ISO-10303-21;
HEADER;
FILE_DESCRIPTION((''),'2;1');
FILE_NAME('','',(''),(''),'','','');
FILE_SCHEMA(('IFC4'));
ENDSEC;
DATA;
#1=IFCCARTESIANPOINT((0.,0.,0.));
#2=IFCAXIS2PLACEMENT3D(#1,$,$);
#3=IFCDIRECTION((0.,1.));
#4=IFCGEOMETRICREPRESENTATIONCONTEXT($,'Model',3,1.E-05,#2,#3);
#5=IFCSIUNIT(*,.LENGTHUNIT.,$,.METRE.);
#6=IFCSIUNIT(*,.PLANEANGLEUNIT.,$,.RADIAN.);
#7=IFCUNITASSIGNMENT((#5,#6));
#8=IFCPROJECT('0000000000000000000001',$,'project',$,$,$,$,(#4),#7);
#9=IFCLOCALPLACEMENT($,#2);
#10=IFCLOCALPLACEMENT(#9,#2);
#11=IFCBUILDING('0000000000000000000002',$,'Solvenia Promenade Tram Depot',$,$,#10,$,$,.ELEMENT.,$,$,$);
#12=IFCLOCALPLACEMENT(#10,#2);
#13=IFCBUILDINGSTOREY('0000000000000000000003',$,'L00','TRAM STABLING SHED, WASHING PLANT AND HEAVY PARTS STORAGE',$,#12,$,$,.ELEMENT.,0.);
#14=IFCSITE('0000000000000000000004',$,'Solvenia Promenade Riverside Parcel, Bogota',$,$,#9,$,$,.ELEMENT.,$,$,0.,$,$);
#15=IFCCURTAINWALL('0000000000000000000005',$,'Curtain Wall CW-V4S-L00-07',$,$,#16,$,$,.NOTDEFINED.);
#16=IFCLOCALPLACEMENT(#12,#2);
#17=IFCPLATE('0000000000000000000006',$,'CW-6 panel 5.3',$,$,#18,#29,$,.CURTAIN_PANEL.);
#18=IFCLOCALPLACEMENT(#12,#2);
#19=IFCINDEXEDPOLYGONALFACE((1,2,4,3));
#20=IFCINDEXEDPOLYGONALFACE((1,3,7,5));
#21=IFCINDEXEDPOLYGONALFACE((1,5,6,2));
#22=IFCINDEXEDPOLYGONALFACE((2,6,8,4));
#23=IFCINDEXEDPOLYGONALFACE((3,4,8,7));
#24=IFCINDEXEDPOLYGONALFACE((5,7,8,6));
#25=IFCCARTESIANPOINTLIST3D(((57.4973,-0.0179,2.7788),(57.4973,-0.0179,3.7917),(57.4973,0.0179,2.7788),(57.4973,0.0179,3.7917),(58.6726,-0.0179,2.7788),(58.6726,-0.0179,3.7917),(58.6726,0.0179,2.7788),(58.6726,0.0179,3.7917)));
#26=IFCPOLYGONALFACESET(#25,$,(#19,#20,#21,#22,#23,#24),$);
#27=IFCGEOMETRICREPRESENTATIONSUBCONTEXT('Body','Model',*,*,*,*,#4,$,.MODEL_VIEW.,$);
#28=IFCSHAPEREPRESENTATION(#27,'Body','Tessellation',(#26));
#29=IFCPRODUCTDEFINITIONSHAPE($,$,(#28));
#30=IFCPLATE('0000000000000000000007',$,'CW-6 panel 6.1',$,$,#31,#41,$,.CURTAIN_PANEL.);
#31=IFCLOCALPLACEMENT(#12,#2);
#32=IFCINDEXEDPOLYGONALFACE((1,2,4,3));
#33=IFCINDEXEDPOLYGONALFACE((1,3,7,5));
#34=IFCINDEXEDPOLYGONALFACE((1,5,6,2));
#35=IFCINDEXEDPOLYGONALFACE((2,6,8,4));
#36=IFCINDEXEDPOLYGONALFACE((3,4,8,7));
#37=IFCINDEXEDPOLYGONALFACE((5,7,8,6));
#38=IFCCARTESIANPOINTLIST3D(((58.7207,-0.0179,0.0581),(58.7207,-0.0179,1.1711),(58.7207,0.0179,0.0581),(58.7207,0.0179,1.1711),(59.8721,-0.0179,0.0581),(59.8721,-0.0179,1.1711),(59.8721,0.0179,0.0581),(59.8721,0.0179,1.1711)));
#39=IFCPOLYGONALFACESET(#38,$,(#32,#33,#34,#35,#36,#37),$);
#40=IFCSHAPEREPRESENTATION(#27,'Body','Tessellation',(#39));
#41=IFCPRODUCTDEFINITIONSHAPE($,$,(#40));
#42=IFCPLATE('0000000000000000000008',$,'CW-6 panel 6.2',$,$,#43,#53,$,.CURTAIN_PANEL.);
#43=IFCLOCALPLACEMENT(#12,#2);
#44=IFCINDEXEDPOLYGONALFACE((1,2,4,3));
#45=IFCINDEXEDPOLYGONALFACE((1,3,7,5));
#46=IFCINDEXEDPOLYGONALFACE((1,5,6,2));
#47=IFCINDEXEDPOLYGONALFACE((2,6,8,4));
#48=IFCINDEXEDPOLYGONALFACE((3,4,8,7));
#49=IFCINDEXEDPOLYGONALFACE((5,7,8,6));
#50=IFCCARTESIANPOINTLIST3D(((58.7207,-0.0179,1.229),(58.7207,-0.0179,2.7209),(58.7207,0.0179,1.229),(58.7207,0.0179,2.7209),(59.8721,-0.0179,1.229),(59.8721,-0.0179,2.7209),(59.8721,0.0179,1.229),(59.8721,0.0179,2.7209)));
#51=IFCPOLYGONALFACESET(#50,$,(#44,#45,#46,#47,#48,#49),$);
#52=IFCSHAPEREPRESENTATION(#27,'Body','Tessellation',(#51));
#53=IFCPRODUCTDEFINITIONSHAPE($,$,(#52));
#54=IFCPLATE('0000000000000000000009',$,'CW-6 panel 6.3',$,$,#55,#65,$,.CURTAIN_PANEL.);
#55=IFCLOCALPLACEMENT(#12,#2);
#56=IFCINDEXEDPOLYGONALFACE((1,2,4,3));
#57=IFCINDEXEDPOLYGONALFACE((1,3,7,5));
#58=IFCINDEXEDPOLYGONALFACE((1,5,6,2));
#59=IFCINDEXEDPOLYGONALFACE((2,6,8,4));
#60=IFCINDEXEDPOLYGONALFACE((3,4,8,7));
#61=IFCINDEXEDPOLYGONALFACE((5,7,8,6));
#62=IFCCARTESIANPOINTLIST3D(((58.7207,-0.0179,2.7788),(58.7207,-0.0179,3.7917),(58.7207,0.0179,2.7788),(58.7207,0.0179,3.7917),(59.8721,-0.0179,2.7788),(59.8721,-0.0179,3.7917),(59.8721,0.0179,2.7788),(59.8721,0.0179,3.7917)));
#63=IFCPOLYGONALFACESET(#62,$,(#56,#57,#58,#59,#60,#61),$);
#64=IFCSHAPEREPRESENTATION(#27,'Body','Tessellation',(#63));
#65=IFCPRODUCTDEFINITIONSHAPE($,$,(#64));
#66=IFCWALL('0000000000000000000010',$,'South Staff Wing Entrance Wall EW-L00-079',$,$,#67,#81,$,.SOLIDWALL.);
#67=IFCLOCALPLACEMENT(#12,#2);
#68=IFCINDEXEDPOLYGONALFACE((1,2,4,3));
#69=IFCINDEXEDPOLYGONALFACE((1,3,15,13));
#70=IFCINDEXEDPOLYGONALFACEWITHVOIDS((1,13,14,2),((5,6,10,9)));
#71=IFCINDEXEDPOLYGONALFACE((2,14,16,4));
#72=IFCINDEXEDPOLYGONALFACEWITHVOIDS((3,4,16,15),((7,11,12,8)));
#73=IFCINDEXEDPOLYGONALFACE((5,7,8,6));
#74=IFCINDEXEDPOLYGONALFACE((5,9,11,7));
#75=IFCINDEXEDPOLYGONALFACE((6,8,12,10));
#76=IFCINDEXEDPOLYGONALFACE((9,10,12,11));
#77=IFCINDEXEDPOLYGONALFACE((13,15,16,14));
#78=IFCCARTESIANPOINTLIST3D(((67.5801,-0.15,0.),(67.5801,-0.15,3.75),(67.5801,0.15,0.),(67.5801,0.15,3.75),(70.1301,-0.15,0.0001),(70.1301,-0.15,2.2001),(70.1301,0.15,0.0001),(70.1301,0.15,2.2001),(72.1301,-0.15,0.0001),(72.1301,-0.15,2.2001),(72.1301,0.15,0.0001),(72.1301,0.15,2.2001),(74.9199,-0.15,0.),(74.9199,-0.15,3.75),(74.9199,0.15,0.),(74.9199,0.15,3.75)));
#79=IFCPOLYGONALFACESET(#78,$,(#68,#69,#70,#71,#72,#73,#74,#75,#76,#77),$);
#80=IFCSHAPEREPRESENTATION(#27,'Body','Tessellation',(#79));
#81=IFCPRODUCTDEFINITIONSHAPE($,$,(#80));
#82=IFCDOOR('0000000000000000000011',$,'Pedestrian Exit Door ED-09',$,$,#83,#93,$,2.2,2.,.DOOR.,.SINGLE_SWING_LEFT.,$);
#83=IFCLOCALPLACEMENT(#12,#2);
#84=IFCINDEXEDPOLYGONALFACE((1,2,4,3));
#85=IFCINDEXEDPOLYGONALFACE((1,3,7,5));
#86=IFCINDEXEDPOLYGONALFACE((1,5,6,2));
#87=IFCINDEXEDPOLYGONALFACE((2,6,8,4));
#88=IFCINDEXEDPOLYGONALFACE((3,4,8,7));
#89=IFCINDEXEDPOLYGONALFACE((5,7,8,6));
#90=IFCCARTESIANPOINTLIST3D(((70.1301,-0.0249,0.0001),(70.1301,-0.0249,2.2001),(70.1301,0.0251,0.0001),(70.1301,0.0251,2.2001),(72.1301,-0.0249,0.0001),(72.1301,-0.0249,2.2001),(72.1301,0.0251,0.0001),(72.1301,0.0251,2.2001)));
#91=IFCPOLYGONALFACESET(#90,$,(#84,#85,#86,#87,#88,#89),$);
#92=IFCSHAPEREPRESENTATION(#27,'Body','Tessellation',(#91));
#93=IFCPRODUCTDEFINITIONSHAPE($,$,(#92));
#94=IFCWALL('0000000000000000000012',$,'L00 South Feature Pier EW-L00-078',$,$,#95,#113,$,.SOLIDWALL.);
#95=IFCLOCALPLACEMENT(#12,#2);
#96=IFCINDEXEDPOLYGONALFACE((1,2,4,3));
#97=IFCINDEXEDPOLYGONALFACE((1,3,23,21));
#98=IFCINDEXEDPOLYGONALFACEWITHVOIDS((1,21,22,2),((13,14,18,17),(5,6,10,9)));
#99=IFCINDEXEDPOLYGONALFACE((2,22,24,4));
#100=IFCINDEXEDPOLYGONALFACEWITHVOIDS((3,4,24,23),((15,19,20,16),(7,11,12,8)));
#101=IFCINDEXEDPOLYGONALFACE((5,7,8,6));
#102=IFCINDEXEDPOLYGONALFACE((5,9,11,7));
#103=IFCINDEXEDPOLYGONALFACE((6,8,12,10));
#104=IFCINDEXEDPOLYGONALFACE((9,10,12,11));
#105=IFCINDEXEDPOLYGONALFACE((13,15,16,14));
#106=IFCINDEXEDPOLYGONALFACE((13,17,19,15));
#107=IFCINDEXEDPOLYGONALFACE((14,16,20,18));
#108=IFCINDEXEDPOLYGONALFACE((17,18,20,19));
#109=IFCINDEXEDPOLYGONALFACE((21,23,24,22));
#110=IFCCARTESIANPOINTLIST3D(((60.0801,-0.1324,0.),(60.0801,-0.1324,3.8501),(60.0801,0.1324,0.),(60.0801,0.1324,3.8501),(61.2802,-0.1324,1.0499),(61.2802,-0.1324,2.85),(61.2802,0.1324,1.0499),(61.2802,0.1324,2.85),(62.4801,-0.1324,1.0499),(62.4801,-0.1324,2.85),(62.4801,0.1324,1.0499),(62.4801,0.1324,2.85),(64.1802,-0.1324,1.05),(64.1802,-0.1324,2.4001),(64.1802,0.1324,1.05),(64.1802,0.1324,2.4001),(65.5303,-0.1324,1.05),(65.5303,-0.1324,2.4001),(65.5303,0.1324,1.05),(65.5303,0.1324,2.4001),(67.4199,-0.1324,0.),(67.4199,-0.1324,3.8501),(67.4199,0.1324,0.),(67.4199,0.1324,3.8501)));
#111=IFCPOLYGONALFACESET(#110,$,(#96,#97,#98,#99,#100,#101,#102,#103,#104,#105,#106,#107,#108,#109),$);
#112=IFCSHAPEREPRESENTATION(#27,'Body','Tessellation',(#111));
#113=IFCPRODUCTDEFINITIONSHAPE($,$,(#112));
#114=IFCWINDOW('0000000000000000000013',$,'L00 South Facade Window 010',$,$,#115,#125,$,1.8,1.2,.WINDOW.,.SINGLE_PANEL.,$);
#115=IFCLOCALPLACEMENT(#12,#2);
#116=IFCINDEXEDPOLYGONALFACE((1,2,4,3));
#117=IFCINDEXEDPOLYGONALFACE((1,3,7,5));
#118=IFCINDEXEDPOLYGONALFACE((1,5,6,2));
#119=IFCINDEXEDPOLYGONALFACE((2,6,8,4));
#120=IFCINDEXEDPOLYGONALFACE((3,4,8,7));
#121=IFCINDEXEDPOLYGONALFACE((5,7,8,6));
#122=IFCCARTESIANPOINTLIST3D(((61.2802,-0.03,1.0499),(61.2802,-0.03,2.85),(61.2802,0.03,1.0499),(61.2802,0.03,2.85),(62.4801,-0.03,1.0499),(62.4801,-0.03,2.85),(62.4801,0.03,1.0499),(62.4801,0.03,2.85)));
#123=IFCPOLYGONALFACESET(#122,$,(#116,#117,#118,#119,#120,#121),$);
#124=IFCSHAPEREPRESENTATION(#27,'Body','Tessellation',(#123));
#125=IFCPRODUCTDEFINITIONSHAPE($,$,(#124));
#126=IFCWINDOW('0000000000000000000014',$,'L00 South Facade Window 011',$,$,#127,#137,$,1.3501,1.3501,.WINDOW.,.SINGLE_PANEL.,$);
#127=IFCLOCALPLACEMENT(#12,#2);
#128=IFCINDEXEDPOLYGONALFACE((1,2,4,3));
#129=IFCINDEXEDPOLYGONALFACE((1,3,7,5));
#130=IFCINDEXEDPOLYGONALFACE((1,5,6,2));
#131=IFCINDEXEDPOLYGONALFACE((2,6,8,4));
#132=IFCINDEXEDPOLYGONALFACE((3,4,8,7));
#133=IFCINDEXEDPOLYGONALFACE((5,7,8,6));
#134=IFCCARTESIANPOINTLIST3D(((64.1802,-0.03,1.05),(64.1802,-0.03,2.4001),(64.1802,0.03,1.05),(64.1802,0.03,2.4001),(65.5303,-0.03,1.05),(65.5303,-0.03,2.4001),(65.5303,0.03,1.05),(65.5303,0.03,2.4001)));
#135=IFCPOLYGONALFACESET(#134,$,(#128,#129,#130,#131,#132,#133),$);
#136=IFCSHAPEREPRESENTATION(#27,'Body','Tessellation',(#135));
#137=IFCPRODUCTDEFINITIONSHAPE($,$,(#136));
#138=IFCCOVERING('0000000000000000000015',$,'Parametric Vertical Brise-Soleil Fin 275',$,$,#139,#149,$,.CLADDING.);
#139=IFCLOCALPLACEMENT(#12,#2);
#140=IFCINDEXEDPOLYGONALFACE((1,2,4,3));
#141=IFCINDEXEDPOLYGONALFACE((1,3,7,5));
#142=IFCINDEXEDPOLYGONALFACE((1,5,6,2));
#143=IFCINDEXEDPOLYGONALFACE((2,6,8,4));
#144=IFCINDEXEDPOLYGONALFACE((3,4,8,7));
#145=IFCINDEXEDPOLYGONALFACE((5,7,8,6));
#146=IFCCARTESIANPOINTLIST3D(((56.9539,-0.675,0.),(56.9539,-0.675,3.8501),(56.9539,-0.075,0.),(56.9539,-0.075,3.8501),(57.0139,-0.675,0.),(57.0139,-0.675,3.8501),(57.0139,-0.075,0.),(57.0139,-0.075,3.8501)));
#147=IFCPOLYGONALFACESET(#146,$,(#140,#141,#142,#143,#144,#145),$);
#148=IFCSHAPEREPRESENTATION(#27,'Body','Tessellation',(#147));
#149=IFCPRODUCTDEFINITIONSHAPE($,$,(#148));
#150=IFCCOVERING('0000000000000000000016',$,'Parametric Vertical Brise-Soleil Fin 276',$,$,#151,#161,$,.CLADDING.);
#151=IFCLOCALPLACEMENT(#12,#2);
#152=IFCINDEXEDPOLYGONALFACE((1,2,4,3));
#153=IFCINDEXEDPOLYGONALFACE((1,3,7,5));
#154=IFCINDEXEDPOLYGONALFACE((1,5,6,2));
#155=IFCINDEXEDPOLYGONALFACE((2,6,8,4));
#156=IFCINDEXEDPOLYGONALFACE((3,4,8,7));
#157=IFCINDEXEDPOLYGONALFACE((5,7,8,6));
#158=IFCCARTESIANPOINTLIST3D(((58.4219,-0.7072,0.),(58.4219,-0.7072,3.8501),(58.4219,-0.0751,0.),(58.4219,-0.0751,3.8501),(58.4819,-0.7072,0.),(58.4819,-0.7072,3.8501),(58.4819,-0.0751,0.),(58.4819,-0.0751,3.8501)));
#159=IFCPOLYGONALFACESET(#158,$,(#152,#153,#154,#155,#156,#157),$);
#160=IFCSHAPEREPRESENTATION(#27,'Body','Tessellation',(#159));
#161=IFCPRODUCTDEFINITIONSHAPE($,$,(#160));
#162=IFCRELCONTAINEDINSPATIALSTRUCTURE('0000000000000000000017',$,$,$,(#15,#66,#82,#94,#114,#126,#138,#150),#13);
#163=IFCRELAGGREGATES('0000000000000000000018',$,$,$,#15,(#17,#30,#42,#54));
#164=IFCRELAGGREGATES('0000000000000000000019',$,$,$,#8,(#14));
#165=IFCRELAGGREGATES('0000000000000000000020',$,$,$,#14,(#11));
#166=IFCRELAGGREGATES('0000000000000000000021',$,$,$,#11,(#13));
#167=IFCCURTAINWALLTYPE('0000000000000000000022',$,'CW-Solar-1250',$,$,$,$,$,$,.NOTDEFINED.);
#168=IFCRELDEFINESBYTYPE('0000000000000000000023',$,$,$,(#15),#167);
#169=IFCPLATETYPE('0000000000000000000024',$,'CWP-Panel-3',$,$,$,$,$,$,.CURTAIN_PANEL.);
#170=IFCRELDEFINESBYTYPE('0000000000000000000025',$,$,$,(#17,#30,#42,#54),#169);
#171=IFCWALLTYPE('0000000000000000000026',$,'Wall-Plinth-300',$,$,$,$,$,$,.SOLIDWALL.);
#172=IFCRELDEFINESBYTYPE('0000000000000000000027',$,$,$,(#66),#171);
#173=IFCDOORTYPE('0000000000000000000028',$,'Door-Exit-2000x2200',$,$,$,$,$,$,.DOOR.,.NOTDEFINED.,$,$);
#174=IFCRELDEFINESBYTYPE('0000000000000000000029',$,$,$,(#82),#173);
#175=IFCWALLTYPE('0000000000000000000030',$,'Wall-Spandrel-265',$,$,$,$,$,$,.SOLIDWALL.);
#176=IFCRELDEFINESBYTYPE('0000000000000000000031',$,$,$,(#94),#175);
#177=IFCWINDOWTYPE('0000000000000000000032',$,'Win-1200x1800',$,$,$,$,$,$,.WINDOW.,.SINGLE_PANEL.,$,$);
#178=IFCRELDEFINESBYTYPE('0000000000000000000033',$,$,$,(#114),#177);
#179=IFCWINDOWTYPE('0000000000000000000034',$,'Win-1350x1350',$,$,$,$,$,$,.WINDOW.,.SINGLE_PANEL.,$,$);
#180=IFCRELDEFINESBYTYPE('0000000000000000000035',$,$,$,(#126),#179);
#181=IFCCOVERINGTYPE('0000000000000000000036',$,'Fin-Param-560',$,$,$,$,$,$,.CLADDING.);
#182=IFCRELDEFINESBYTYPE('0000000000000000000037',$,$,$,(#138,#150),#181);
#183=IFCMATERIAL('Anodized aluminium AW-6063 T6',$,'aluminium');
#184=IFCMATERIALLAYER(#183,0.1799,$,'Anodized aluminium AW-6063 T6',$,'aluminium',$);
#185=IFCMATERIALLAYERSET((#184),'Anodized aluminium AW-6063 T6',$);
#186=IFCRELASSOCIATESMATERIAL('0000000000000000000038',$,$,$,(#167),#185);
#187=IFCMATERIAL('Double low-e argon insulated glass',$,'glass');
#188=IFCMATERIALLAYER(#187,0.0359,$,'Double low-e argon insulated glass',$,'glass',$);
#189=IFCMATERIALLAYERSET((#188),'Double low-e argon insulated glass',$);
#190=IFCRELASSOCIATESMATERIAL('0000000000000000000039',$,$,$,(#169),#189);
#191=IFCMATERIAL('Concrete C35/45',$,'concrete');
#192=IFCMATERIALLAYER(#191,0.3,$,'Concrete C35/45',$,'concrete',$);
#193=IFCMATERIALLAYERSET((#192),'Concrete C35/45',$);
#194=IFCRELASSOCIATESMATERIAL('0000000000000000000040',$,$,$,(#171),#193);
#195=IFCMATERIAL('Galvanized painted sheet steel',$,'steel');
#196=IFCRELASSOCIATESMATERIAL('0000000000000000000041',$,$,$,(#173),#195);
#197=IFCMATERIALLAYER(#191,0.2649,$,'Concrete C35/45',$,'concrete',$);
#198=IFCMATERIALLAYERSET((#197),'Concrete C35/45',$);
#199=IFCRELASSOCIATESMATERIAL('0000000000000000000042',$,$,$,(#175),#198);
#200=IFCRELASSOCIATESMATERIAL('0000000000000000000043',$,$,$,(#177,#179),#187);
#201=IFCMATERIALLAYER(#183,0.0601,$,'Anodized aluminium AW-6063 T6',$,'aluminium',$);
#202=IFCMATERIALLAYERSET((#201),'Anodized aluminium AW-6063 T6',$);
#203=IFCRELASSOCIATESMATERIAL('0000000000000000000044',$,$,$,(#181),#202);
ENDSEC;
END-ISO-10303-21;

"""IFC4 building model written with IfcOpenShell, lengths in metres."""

from ifc_helpers import new_model, si_unit, direction, frame, frame_2d, origin, origin_2d, place, context, subcontext, project, spatial, rectangle, extrude, material, layer, layer_set, type_object, element, fill, aggregate, save


model = new_model("IFC4")

# Units and contexts
model_context = context("Model", 3, precision=1e-05, world=origin(), true_north=direction((0.0, 1.0)))
body_context = subcontext(model_context, "Body", "Model", "MODEL_VIEW")
ifc_project = project(units=[si_unit("LENGTHUNIT", "METRE"), si_unit("PLANEANGLEUNIT", "RADIAN")], contexts=[model_context])

# Site, building, storey
site_placement = place(None, origin())
site = spatial("IfcSite", under=ifc_project, at=site_placement, Name="Solvenia Promenade Riverside Parcel, Bogota", CompositionType="ELEMENT", RefElevation=0.0)
building_placement = place(site_placement, origin())
building = spatial("IfcBuilding", under=site, at=building_placement, Name="Solvenia Promenade Tram Depot", CompositionType="ELEMENT")
storey_placement = place(building_placement, origin())
storey = spatial("IfcBuildingStorey", under=building, at=storey_placement, Name="L00", Description="TRAM STABLING SHED, WASHING PLANT AND HEAVY PARTS STORAGE", CompositionType="ELEMENT", Elevation=0.0)

# Curtain wall, plates
ifc_material_1 = material(Name="Anodized aluminium AW-6063 T6", Category="aluminium")
ifc_layer_1 = layer(ifc_material_1, 0.1799, Name="Anodized aluminium AW-6063 T6", Category="aluminium")
ifc_layer_set_1 = layer_set([ifc_layer_1], Name="Anodized aluminium AW-6063 T6")
curtain_wall_type = type_object("IfcCurtainWallType", Name="CW-Solar-1250", PredefinedType="NOTDEFINED", material=ifc_layer_set_1)
curtain_wall_placement = place(storey_placement, origin())
curtain_wall = element("IfcCurtainWall", 1, at=curtain_wall_placement, inside=storey, type_object=curtain_wall_type, Name="Curtain Wall CW-V4S-L00-07", PredefinedType="NOTDEFINED")
ifc_material_2 = material(Name="Double low-e argon insulated glass", Category="glass")
ifc_layer_2 = layer(ifc_material_2, 0.0359, Name="Double low-e argon insulated glass", Category="glass")
ifc_layer_set_2 = layer_set([ifc_layer_2], Name="Double low-e argon insulated glass")
plate_type = type_object("IfcPlateType", Name="CWP-Panel-3", PredefinedType="CURTAIN_PANEL", material=ifc_layer_set_2)
plate_1_placement = place(storey_placement, frame((58.085, 0.0, 2.7788), z_axis=(0.0, 0.0, 1.0), x_axis=(1.0, 0.0, 0.0)))
plate_1 = element("IfcPlate", 2, at=plate_1_placement, type_object=plate_type, Name="CW-6 panel 5.3", PredefinedType="CURTAIN_PANEL", context=body_context, shape_type="SweptSolid", body=[
    extrude(rectangle(XDim=1.1753, YDim=0.0359, at=origin_2d()), origin(), (0.0, 0.0, 1.0), 1.0129),
])
plate_2_placement = place(storey_placement, frame((59.2964, 0.0, 0.0581), z_axis=(0.0, 0.0, 1.0), x_axis=(1.0, 0.0, 0.0)))
plate_2 = element("IfcPlate", 3, at=plate_2_placement, type_object=plate_type, Name="CW-6 panel 6.1", PredefinedType="CURTAIN_PANEL", context=body_context, shape_type="SweptSolid", body=[
    extrude(rectangle(XDim=1.1514, YDim=0.0359, at=origin_2d()), origin(), (0.0, 0.0, 1.0), 1.113),
])
plate_3_placement = place(storey_placement, frame((59.2964, 0.0, 1.229), z_axis=(0.0, 0.0, 1.0), x_axis=(1.0, 0.0, 0.0)))
plate_3 = element("IfcPlate", 4, at=plate_3_placement, type_object=plate_type, Name="CW-6 panel 6.2", PredefinedType="CURTAIN_PANEL", context=body_context, shape_type="SweptSolid", body=[
    extrude(rectangle(XDim=1.1514, YDim=0.0359, at=origin_2d()), origin(), (0.0, 0.0, 1.0), 1.4919),
])
plate_4_placement = place(storey_placement, frame((59.2964, 0.0, 2.7788), z_axis=(0.0, 0.0, 1.0), x_axis=(1.0, 0.0, 0.0)))
plate_4 = element("IfcPlate", 5, at=plate_4_placement, type_object=plate_type, Name="CW-6 panel 6.3", PredefinedType="CURTAIN_PANEL", context=body_context, shape_type="SweptSolid", body=[
    extrude(rectangle(XDim=1.1514, YDim=0.0359, at=origin_2d()), origin(), (0.0, 0.0, 1.0), 1.0129),
])
aggregate(curtain_wall, [plate_1, plate_2, plate_3, plate_4])

# Wall, opening, door
ifc_material_3 = material(Name="Concrete C35/45", Category="concrete")
ifc_layer_3 = layer(ifc_material_3, 0.3, Name="Concrete C35/45", Category="concrete")
ifc_layer_set_3 = layer_set([ifc_layer_3], Name="Concrete C35/45")
wall_type_1 = type_object("IfcWallType", Name="Wall-Plinth-300", PredefinedType="SOLIDWALL", material=ifc_layer_set_3)
wall_1_placement = place(storey_placement, frame((67.5801, 0.0, 0.0), z_axis=(0.0, 0.0, 1.0), x_axis=(1.0, 0.0, 0.0)))
wall_1 = element("IfcWall", 6, at=wall_1_placement, inside=storey, type_object=wall_type_1, Name="South Staff Wing Entrance Wall EW-L00-079", PredefinedType="SOLIDWALL", context=body_context, shape_type="SweptSolid", body=[
    extrude(rectangle(XDim=7.3398, YDim=0.3, at=frame_2d((3.6699, 0.0))), origin(), (0.0, 0.0, 1.0), 3.75),
])
opening_1_placement = place(wall_1_placement, frame((2.55, 0.0, 0.0)))
opening_1 = element("IfcOpeningElement", 7, at=opening_1_placement, cuts=wall_1, PredefinedType="OPENING", context=body_context, shape_type="SweptSolid", body=[
    extrude(rectangle(XDim=2.0, YDim=2.2, at=frame_2d((1.0, 1.1001))), frame((0.0, 0.1599, 0.0), z_axis=(0.0, -1.0, 0.0), x_axis=(1.0, 0.0, 0.0)), (0.0, 0.0, 1.0), 0.3201),
])
ifc_material_4 = material(Name="Galvanized painted sheet steel", Category="steel")
door_type = type_object("IfcDoorType", Name="Door-Exit-2000x2200", OperationType="NOTDEFINED", PredefinedType="DOOR", material=ifc_material_4)
door_placement = place(opening_1_placement, frame((2.0, 0.0, 0.0), z_axis=(0.0, 0.0, 1.0), x_axis=(-1.0, 0.0, 0.0)))
door = element("IfcDoor", 8, at=door_placement, inside=storey, type_object=door_type, Name="Pedestrian Exit Door ED-09", OperationType="SINGLE_SWING_LEFT", OverallHeight=2.2, OverallWidth=2.0, PredefinedType="DOOR", context=body_context, shape_type="SweptSolid", body=[
    extrude(rectangle(XDim=2.0, YDim=2.2, at=frame_2d((1.0, 1.1001))), frame((0.0, 0.0249, 0.0), z_axis=(0.0, -1.0, 0.0), x_axis=(1.0, 0.0, 0.0)), (0.0, 0.0, 1.0), 0.05),
])
fill(opening_1, door)

# Wall, openings, windows
ifc_layer_4 = layer(ifc_material_3, 0.2649, Name="Concrete C35/45", Category="concrete")
ifc_layer_set_4 = layer_set([ifc_layer_4], Name="Concrete C35/45")
wall_type_2 = type_object("IfcWallType", Name="Wall-Spandrel-265", PredefinedType="SOLIDWALL", material=ifc_layer_set_4)
wall_2_placement = place(storey_placement, frame((60.0801, 0.0, 0.0), z_axis=(0.0, 0.0, 1.0), x_axis=(1.0, 0.0, 0.0)))
wall_2 = element("IfcWall", 9, at=wall_2_placement, inside=storey, type_object=wall_type_2, Name="L00 South Feature Pier EW-L00-078", PredefinedType="SOLIDWALL", context=body_context, shape_type="SweptSolid", body=[
    extrude(rectangle(XDim=7.3398, YDim=0.2649, at=frame_2d((3.6699, 0.0))), origin(), (0.0, 0.0, 1.0), 3.8501),
])
opening_2_placement = place(wall_2_placement, frame((1.2, 0.0, 1.05)))
opening_2 = element("IfcOpeningElement", 10, at=opening_2_placement, cuts=wall_2, PredefinedType="OPENING", context=body_context, shape_type="SweptSolid", body=[
    extrude(rectangle(XDim=1.2, YDim=1.8, at=frame_2d((0.6001, 0.8999))), frame((0.0, 0.1423, 0.0), z_axis=(0.0, -1.0, 0.0), x_axis=(1.0, 0.0, 0.0)), (0.0, 0.0, 1.0), 0.2849),
])
opening_3_placement = place(wall_2_placement, frame((4.1001, 0.0, 1.05)))
opening_3 = element("IfcOpeningElement", 11, at=opening_3_placement, cuts=wall_2, PredefinedType="OPENING", context=body_context, shape_type="SweptSolid", body=[
    extrude(rectangle(XDim=1.3501, YDim=1.3501, at=frame_2d((0.675, 0.675))), frame((0.0, 0.1423, 0.0), z_axis=(0.0, -1.0, 0.0), x_axis=(1.0, 0.0, 0.0)), (0.0, 0.0, 1.0), 0.2849),
])
window_type_1 = type_object("IfcWindowType", Name="Win-1200x1800", PartitioningType="SINGLE_PANEL", PredefinedType="WINDOW", material=ifc_material_2)
window_1_placement = place(opening_2_placement, origin())
window_1 = element("IfcWindow", 12, at=window_1_placement, inside=storey, type_object=window_type_1, Name="L00 South Facade Window 010", OverallHeight=1.8, OverallWidth=1.2, PartitioningType="SINGLE_PANEL", PredefinedType="WINDOW", context=body_context, shape_type="SweptSolid", body=[
    extrude(rectangle(XDim=1.2, YDim=1.8, at=frame_2d((0.6001, 0.8999))), frame((0.0, 0.03, 0.0), z_axis=(0.0, -1.0, 0.0), x_axis=(1.0, 0.0, 0.0)), (0.0, 0.0, 1.0), 0.0601),
])
fill(opening_2, window_1)
window_type_2 = type_object("IfcWindowType", Name="Win-1350x1350", PartitioningType="SINGLE_PANEL", PredefinedType="WINDOW", material=ifc_material_2)
window_2_placement = place(opening_3_placement, origin())
window_2 = element("IfcWindow", 13, at=window_2_placement, inside=storey, type_object=window_type_2, Name="L00 South Facade Window 011", OverallHeight=1.3501, OverallWidth=1.3501, PartitioningType="SINGLE_PANEL", PredefinedType="WINDOW", context=body_context, shape_type="SweptSolid", body=[
    extrude(rectangle(XDim=1.3501, YDim=1.3501, at=frame_2d((0.675, 0.675))), frame((0.0, 0.03, 0.0), z_axis=(0.0, -1.0, 0.0), x_axis=(1.0, 0.0, 0.0)), (0.0, 0.0, 1.0), 0.0601),
])
fill(opening_3, window_2)

# Coverings
ifc_layer_5 = layer(ifc_material_1, 0.0601, Name="Anodized aluminium AW-6063 T6", Category="aluminium")
ifc_layer_set_5 = layer_set([ifc_layer_5], Name="Anodized aluminium AW-6063 T6")
covering_type = type_object("IfcCoveringType", Name="Fin-Param-560", PredefinedType="CLADDING", material=ifc_layer_set_5)
covering_1_placement = place(storey_placement, frame((56.9839, -0.375, 0.0), z_axis=(0.0, 0.0, 1.0), x_axis=(1.0, 0.0, 0.0)))
element("IfcCovering", 14, at=covering_1_placement, inside=storey, type_object=covering_type, Name="Parametric Vertical Brise-Soleil Fin 275", PredefinedType="CLADDING", context=body_context, shape_type="SweptSolid", body=[
    extrude(rectangle(XDim=0.0601, YDim=0.6001, at=origin_2d()), origin(), (0.0, 0.0, 1.0), 3.8501),
])
covering_2_placement = place(storey_placement, frame((58.4519, -0.3911, 0.0), z_axis=(0.0, 0.0, 1.0), x_axis=(1.0, 0.0, 0.0)))
element("IfcCovering", 15, at=covering_2_placement, inside=storey, type_object=covering_type, Name="Parametric Vertical Brise-Soleil Fin 276", PredefinedType="CLADDING", context=body_context, shape_type="SweptSolid", body=[
    extrude(rectangle(XDim=0.0601, YDim=0.6321, at=origin_2d()), origin(), (0.0, 0.0, 1.0), 3.8501),
])

save(model, "model.ifc")
